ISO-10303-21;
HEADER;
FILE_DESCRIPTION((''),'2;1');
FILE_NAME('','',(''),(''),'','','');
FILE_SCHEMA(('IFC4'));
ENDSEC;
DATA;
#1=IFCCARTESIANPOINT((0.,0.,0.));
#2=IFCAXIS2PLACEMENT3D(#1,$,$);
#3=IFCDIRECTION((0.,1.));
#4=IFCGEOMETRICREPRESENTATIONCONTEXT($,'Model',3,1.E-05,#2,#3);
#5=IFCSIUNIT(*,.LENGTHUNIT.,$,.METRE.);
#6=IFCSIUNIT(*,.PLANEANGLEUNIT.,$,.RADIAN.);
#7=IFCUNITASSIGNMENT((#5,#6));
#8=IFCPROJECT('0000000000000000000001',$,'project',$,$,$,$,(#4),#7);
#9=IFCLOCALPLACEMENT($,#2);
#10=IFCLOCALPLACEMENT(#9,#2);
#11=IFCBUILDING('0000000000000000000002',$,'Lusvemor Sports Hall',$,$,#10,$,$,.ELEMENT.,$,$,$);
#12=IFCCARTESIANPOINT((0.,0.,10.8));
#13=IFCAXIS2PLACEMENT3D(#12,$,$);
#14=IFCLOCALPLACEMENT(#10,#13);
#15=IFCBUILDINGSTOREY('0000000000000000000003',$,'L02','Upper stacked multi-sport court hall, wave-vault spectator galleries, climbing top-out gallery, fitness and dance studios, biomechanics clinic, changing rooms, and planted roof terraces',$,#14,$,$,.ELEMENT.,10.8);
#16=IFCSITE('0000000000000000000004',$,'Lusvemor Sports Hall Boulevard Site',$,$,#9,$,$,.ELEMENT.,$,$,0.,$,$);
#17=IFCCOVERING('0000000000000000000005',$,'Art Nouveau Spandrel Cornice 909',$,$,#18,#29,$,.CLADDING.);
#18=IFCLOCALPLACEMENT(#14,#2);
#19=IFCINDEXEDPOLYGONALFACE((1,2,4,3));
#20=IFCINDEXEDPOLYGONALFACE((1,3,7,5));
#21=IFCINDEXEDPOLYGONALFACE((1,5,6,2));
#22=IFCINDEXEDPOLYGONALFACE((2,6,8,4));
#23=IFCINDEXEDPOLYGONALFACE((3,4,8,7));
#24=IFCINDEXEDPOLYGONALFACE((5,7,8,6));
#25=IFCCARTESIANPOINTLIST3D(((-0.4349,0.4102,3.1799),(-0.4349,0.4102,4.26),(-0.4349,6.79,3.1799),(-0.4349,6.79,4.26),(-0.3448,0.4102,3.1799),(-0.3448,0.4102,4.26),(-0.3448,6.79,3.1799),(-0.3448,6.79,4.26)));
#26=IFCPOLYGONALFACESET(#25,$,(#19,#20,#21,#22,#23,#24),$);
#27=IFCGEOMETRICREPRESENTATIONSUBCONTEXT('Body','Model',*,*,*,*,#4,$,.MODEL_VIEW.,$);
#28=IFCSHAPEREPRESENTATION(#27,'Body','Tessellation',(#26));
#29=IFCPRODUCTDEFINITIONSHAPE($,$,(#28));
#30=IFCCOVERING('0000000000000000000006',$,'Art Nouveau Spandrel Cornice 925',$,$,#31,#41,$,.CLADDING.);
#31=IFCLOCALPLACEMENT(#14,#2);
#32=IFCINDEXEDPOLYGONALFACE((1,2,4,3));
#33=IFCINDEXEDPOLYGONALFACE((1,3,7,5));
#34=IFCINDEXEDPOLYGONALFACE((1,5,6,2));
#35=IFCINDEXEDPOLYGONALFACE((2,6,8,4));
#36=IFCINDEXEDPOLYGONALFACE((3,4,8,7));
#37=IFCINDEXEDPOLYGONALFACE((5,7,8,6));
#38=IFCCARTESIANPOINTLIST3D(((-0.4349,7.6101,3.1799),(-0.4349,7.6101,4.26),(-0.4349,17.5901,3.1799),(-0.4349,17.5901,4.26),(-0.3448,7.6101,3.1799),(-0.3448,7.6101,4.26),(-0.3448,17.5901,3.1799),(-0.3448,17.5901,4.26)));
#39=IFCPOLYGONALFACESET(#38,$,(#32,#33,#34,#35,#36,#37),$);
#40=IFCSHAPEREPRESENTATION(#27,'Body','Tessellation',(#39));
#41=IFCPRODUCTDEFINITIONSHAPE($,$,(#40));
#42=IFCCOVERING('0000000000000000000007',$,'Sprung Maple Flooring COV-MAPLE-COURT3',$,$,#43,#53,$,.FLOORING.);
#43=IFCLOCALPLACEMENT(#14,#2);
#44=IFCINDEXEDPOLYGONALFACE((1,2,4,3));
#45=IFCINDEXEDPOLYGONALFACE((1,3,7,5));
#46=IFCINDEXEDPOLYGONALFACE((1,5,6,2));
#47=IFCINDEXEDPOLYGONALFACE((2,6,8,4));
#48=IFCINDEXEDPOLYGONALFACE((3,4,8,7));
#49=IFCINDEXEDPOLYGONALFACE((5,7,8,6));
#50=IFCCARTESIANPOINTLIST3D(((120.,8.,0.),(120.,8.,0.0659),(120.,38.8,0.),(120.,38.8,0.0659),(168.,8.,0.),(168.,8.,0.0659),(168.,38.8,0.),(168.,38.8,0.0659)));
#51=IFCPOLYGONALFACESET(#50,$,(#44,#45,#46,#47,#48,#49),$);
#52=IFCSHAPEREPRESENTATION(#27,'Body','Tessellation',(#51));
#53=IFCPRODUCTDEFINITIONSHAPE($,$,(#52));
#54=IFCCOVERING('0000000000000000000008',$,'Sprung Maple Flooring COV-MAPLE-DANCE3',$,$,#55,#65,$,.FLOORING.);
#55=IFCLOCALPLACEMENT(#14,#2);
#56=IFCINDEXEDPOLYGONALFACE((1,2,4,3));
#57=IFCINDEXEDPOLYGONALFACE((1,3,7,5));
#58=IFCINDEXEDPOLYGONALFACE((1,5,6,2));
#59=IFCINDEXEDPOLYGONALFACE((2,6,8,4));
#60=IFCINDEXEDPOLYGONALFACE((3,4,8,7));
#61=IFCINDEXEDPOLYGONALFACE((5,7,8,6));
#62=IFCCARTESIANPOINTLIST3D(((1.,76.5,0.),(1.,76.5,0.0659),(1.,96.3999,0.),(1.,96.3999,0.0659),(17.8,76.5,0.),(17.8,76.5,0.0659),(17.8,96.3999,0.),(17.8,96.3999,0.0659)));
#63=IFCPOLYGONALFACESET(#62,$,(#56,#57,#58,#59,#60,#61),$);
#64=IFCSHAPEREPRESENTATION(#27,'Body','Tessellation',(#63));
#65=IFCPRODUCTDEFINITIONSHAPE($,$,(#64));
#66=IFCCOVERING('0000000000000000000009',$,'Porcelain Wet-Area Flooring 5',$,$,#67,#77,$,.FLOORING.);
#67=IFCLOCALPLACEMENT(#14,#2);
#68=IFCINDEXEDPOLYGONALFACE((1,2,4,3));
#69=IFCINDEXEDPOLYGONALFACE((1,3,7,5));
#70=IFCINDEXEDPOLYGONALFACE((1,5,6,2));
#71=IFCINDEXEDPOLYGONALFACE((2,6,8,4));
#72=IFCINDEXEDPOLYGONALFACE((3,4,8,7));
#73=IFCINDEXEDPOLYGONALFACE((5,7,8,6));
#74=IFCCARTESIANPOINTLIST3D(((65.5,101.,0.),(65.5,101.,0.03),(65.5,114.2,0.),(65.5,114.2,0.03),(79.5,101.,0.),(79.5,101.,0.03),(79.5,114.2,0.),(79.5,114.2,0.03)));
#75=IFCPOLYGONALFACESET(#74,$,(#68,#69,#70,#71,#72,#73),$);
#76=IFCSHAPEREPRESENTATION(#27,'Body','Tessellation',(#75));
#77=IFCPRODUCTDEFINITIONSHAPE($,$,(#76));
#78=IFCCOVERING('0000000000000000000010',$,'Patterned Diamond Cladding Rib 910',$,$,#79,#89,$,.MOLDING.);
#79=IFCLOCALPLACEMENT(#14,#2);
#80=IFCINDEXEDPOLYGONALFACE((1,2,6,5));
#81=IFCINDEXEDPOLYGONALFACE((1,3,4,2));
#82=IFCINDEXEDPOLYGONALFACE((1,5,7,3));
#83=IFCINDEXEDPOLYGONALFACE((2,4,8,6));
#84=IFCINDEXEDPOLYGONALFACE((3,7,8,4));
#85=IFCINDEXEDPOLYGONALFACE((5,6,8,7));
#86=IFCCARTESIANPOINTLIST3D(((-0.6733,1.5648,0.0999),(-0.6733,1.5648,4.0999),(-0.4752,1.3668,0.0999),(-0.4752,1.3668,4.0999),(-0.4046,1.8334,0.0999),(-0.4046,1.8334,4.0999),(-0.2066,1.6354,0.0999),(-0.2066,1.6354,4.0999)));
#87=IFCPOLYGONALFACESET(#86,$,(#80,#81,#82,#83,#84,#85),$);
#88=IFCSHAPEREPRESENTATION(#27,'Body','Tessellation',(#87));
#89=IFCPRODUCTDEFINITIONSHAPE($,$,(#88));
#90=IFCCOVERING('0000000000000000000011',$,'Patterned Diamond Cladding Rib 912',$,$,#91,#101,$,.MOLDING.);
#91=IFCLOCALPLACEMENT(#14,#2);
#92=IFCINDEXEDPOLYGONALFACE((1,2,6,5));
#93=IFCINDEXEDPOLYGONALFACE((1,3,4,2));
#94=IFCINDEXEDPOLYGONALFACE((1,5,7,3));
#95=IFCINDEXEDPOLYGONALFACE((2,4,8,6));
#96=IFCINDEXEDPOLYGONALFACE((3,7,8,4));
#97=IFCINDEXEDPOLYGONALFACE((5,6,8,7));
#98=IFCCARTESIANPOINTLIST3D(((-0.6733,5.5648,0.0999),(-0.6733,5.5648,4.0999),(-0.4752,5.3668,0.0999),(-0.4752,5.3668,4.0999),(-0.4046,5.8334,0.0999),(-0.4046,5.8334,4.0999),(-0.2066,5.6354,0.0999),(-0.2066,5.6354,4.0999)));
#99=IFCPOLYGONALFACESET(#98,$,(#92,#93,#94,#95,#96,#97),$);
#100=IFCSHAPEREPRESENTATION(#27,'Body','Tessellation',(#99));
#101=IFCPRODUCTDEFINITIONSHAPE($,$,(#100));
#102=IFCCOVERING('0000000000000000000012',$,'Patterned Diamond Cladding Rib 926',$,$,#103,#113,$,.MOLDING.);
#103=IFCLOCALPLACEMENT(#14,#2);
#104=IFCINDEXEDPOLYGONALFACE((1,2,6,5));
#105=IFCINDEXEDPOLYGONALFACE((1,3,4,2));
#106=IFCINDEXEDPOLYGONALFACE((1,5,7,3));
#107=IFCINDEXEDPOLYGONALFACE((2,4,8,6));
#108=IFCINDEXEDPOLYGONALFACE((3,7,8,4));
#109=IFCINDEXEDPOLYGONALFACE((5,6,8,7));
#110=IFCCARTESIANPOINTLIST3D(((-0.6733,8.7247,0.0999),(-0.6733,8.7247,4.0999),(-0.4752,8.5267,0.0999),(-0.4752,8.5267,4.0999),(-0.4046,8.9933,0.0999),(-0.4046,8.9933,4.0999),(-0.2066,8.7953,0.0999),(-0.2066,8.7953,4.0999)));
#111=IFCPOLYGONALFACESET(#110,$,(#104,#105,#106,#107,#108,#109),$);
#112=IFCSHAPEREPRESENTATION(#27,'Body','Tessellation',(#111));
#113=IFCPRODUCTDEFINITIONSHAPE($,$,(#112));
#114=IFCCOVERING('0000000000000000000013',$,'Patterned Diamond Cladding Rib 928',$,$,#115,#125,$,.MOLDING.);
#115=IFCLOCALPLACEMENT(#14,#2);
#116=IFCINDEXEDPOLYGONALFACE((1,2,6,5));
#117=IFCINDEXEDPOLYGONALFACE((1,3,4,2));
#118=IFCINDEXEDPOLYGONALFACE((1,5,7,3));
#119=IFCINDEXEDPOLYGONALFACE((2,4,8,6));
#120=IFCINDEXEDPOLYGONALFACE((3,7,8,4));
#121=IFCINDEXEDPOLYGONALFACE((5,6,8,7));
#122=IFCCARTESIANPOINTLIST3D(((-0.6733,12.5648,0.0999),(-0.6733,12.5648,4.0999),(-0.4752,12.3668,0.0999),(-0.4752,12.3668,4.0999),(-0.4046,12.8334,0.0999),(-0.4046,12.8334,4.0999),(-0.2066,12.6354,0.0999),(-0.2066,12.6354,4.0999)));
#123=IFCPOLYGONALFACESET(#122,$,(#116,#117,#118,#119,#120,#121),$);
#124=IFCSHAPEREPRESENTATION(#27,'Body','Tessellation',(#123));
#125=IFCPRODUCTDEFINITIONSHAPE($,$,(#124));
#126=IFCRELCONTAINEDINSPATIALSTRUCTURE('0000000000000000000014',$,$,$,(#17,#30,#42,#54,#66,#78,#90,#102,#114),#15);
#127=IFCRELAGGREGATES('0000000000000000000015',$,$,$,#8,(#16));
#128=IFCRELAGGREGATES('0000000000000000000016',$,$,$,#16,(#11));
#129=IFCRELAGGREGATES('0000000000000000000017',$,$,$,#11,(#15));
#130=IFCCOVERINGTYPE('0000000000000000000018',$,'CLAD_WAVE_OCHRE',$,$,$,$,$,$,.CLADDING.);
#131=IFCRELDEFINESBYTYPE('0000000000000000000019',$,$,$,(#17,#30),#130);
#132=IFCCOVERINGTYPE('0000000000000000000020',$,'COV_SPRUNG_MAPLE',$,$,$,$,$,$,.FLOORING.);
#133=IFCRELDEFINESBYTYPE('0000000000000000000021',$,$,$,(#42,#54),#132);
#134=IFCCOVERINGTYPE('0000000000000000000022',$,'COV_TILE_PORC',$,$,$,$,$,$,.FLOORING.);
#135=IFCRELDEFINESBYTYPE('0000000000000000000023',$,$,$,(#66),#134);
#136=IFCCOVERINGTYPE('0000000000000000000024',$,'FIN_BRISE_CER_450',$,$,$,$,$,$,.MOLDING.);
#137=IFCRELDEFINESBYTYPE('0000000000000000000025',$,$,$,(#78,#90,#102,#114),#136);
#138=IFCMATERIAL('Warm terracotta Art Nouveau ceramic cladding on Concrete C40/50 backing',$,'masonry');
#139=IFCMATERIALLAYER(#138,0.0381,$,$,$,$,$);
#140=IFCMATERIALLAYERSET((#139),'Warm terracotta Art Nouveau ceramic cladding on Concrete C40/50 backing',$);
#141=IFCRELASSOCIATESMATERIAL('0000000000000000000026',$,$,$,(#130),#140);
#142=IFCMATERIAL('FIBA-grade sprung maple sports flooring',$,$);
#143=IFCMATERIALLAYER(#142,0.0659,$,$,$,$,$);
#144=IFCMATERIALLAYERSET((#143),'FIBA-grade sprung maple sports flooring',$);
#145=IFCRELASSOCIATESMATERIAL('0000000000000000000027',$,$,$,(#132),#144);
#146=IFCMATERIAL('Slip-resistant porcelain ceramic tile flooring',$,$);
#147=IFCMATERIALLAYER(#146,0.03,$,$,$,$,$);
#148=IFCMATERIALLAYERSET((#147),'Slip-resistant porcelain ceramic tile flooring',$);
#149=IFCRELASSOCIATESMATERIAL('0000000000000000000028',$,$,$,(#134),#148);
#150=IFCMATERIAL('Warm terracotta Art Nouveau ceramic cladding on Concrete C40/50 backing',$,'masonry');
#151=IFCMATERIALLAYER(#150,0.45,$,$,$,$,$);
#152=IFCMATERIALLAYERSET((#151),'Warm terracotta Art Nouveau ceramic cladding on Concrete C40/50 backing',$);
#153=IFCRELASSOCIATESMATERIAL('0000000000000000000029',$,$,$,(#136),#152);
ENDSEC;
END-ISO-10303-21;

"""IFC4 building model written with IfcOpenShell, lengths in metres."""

from ifc_helpers import new_model, si_unit, direction, frame, origin, origin_2d, place, context, subcontext, project, spatial, polyline, rectangle, outline, extrude, material, layer, layer_set, type_object, element, save


model = new_model("IFC4")

# Units and contexts
model_context = context("Model", 3, precision=1e-05, world=origin(), true_north=direction((0.0, 1.0)))
body_context = subcontext(model_context, "Body", "Model", "MODEL_VIEW")
ifc_project = project(units=[si_unit("LENGTHUNIT", "METRE"), si_unit("PLANEANGLEUNIT", "RADIAN")], contexts=[model_context])

# Site, building, storey
site_placement = place(None, origin())
site = spatial("IfcSite", under=ifc_project, at=site_placement, Name="Lusvemor Sports Hall Boulevard Site", CompositionType="ELEMENT", RefElevation=0.0)
building_placement = place(site_placement, origin())
building = spatial("IfcBuilding", under=site, at=building_placement, Name="Lusvemor Sports Hall", CompositionType="ELEMENT")
storey_placement = place(building_placement, frame((0.0, 0.0, 10.8)))
storey = spatial("IfcBuildingStorey", under=building, at=storey_placement, Name="L02", Description="Upper stacked multi-sport court hall, wave-vault spectator galleries, climbing top-out gallery, fitness and dance studios, biomechanics clinic, changing rooms, and planted roof terraces", CompositionType="ELEMENT", Elevation=10.8)

# Coverings
ifc_material_1 = material(Name="Warm terracotta Art Nouveau ceramic cladding on Concrete C40/50 backing", Category="masonry")
ifc_layer_1 = layer(ifc_material_1, 0.0381)
ifc_layer_set_1 = layer_set([ifc_layer_1], Name="Warm terracotta Art Nouveau ceramic cladding on Concrete C40/50 backing")
covering_type_1 = type_object("IfcCoveringType", Name="CLAD_WAVE_OCHRE", PredefinedType="CLADDING", material=ifc_layer_set_1)
covering_1_placement = place(storey_placement, frame((-0.3899, 3.6001, 3.1799), z_axis=(0.0, 0.0, 1.0), x_axis=(1.0, 0.0, 0.0)))
element("IfcCovering", 1, at=covering_1_placement, inside=storey, type_object=covering_type_1, Name="Art Nouveau Spandrel Cornice 909", PredefinedType="CLADDING", context=body_context, shape_type="SweptSolid", body=[
    extrude(rectangle(XDim=0.0901, YDim=6.3799, at=origin_2d()), origin(), (0.0, 0.0, 1.0), 1.0801),
])
covering_2_placement = place(storey_placement, frame((-0.3899, 12.6001, 3.1799), z_axis=(0.0, 0.0, 1.0), x_axis=(1.0, 0.0, 0.0)))
element("IfcCovering", 2, at=covering_2_placement, inside=storey, type_object=covering_type_1, Name="Art Nouveau Spandrel Cornice 925", PredefinedType="CLADDING", context=body_context, shape_type="SweptSolid", body=[
    extrude(rectangle(XDim=0.0901, YDim=9.98, at=origin_2d()), origin(), (0.0, 0.0, 1.0), 1.0801),
])
ifc_material_2 = material(Name="FIBA-grade sprung maple sports flooring")
ifc_layer_2 = layer(ifc_material_2, 0.0659)
ifc_layer_set_2 = layer_set([ifc_layer_2], Name="FIBA-grade sprung maple sports flooring")
covering_type_2 = type_object("IfcCoveringType", Name="COV_SPRUNG_MAPLE", PredefinedType="FLOORING", material=ifc_layer_set_2)
covering_3_placement = place(storey_placement, origin())
element("IfcCovering", 3, at=covering_3_placement, inside=storey, type_object=covering_type_2, Name="Sprung Maple Flooring COV-MAPLE-COURT3", PredefinedType="FLOORING", context=body_context, shape_type="SweptSolid", body=[
    extrude(outline(polyline([(120.0, 8.0), (168.0, 8.0), (168.0, 38.8), (120.0, 38.8), (120.0, 8.0)])), origin(), (0.0, 0.0, 1.0), 0.0659),
])
covering_4_placement = place(storey_placement, origin())
element("IfcCovering", 4, at=covering_4_placement, inside=storey, type_object=covering_type_2, Name="Sprung Maple Flooring COV-MAPLE-DANCE3", PredefinedType="FLOORING", context=body_context, shape_type="SweptSolid", body=[
    extrude(outline(polyline([(1.0, 76.5), (17.8, 76.5), (17.8, 96.3999), (1.0, 96.3999), (1.0, 76.5)])), origin(), (0.0, 0.0, 1.0), 0.0659),
])
ifc_material_3 = material(Name="Slip-resistant porcelain ceramic tile flooring")
ifc_layer_3 = layer(ifc_material_3, 0.03)
ifc_layer_set_3 = layer_set([ifc_layer_3], Name="Slip-resistant porcelain ceramic tile flooring")
covering_type_3 = type_object("IfcCoveringType", Name="COV_TILE_PORC", PredefinedType="FLOORING", material=ifc_layer_set_3)
covering_5_placement = place(storey_placement, origin())
element("IfcCovering", 5, at=covering_5_placement, inside=storey, type_object=covering_type_3, Name="Porcelain Wet-Area Flooring 5", PredefinedType="FLOORING", context=body_context, shape_type="SweptSolid", body=[
    extrude(outline(polyline([(65.5, 101.0), (79.5, 101.0), (79.5, 114.2), (65.5, 114.2), (65.5, 101.0)])), origin(), (0.0, 0.0, 1.0), 0.03),
])
ifc_material_4 = material(Name="Warm terracotta Art Nouveau ceramic cladding on Concrete C40/50 backing", Category="masonry")
ifc_layer_4 = layer(ifc_material_4, 0.45)
ifc_layer_set_4 = layer_set([ifc_layer_4], Name="Warm terracotta Art Nouveau ceramic cladding on Concrete C40/50 backing")
covering_type_4 = type_object("IfcCoveringType", Name="FIN_BRISE_CER_450", PredefinedType="MOLDING", material=ifc_layer_set_4)
for number, where, z_axis, x_axis, name in (
    (6, (-0.4399, 1.6001, 0.0999), (0.0, 0.0, 1.0), (0.707107, 0.707107, 0.0), "Patterned Diamond Cladding Rib 910"),
    (7, (-0.4399, 5.6001, 0.0999), (0.0, 0.0, 1.0), (0.707107, 0.707107, 0.0), "Patterned Diamond Cladding Rib 912"),
    (8, (-0.4399, 8.76, 0.0999), (0.0, 0.0, 1.0), (0.707107, 0.707107, 0.0), "Patterned Diamond Cladding Rib 926"),
    (9, (-0.4399, 12.6001, 0.0999), (0.0, 0.0, 1.0), (0.707107, 0.707107, 0.0), "Patterned Diamond Cladding Rib 928"),
):
    element("IfcCovering", number, at=place(storey_placement, frame(where, z_axis=z_axis, x_axis=x_axis)), inside=storey, type_object=covering_type_4, Name=name, PredefinedType="MOLDING", context=body_context, shape_type="SweptSolid", body=[
        extrude(rectangle(XDim=0.3799, YDim=0.28, at=origin_2d()), origin(), (0.0, 0.0, 1.0), 4.0),
    ])

save(model, "model.ifc")
